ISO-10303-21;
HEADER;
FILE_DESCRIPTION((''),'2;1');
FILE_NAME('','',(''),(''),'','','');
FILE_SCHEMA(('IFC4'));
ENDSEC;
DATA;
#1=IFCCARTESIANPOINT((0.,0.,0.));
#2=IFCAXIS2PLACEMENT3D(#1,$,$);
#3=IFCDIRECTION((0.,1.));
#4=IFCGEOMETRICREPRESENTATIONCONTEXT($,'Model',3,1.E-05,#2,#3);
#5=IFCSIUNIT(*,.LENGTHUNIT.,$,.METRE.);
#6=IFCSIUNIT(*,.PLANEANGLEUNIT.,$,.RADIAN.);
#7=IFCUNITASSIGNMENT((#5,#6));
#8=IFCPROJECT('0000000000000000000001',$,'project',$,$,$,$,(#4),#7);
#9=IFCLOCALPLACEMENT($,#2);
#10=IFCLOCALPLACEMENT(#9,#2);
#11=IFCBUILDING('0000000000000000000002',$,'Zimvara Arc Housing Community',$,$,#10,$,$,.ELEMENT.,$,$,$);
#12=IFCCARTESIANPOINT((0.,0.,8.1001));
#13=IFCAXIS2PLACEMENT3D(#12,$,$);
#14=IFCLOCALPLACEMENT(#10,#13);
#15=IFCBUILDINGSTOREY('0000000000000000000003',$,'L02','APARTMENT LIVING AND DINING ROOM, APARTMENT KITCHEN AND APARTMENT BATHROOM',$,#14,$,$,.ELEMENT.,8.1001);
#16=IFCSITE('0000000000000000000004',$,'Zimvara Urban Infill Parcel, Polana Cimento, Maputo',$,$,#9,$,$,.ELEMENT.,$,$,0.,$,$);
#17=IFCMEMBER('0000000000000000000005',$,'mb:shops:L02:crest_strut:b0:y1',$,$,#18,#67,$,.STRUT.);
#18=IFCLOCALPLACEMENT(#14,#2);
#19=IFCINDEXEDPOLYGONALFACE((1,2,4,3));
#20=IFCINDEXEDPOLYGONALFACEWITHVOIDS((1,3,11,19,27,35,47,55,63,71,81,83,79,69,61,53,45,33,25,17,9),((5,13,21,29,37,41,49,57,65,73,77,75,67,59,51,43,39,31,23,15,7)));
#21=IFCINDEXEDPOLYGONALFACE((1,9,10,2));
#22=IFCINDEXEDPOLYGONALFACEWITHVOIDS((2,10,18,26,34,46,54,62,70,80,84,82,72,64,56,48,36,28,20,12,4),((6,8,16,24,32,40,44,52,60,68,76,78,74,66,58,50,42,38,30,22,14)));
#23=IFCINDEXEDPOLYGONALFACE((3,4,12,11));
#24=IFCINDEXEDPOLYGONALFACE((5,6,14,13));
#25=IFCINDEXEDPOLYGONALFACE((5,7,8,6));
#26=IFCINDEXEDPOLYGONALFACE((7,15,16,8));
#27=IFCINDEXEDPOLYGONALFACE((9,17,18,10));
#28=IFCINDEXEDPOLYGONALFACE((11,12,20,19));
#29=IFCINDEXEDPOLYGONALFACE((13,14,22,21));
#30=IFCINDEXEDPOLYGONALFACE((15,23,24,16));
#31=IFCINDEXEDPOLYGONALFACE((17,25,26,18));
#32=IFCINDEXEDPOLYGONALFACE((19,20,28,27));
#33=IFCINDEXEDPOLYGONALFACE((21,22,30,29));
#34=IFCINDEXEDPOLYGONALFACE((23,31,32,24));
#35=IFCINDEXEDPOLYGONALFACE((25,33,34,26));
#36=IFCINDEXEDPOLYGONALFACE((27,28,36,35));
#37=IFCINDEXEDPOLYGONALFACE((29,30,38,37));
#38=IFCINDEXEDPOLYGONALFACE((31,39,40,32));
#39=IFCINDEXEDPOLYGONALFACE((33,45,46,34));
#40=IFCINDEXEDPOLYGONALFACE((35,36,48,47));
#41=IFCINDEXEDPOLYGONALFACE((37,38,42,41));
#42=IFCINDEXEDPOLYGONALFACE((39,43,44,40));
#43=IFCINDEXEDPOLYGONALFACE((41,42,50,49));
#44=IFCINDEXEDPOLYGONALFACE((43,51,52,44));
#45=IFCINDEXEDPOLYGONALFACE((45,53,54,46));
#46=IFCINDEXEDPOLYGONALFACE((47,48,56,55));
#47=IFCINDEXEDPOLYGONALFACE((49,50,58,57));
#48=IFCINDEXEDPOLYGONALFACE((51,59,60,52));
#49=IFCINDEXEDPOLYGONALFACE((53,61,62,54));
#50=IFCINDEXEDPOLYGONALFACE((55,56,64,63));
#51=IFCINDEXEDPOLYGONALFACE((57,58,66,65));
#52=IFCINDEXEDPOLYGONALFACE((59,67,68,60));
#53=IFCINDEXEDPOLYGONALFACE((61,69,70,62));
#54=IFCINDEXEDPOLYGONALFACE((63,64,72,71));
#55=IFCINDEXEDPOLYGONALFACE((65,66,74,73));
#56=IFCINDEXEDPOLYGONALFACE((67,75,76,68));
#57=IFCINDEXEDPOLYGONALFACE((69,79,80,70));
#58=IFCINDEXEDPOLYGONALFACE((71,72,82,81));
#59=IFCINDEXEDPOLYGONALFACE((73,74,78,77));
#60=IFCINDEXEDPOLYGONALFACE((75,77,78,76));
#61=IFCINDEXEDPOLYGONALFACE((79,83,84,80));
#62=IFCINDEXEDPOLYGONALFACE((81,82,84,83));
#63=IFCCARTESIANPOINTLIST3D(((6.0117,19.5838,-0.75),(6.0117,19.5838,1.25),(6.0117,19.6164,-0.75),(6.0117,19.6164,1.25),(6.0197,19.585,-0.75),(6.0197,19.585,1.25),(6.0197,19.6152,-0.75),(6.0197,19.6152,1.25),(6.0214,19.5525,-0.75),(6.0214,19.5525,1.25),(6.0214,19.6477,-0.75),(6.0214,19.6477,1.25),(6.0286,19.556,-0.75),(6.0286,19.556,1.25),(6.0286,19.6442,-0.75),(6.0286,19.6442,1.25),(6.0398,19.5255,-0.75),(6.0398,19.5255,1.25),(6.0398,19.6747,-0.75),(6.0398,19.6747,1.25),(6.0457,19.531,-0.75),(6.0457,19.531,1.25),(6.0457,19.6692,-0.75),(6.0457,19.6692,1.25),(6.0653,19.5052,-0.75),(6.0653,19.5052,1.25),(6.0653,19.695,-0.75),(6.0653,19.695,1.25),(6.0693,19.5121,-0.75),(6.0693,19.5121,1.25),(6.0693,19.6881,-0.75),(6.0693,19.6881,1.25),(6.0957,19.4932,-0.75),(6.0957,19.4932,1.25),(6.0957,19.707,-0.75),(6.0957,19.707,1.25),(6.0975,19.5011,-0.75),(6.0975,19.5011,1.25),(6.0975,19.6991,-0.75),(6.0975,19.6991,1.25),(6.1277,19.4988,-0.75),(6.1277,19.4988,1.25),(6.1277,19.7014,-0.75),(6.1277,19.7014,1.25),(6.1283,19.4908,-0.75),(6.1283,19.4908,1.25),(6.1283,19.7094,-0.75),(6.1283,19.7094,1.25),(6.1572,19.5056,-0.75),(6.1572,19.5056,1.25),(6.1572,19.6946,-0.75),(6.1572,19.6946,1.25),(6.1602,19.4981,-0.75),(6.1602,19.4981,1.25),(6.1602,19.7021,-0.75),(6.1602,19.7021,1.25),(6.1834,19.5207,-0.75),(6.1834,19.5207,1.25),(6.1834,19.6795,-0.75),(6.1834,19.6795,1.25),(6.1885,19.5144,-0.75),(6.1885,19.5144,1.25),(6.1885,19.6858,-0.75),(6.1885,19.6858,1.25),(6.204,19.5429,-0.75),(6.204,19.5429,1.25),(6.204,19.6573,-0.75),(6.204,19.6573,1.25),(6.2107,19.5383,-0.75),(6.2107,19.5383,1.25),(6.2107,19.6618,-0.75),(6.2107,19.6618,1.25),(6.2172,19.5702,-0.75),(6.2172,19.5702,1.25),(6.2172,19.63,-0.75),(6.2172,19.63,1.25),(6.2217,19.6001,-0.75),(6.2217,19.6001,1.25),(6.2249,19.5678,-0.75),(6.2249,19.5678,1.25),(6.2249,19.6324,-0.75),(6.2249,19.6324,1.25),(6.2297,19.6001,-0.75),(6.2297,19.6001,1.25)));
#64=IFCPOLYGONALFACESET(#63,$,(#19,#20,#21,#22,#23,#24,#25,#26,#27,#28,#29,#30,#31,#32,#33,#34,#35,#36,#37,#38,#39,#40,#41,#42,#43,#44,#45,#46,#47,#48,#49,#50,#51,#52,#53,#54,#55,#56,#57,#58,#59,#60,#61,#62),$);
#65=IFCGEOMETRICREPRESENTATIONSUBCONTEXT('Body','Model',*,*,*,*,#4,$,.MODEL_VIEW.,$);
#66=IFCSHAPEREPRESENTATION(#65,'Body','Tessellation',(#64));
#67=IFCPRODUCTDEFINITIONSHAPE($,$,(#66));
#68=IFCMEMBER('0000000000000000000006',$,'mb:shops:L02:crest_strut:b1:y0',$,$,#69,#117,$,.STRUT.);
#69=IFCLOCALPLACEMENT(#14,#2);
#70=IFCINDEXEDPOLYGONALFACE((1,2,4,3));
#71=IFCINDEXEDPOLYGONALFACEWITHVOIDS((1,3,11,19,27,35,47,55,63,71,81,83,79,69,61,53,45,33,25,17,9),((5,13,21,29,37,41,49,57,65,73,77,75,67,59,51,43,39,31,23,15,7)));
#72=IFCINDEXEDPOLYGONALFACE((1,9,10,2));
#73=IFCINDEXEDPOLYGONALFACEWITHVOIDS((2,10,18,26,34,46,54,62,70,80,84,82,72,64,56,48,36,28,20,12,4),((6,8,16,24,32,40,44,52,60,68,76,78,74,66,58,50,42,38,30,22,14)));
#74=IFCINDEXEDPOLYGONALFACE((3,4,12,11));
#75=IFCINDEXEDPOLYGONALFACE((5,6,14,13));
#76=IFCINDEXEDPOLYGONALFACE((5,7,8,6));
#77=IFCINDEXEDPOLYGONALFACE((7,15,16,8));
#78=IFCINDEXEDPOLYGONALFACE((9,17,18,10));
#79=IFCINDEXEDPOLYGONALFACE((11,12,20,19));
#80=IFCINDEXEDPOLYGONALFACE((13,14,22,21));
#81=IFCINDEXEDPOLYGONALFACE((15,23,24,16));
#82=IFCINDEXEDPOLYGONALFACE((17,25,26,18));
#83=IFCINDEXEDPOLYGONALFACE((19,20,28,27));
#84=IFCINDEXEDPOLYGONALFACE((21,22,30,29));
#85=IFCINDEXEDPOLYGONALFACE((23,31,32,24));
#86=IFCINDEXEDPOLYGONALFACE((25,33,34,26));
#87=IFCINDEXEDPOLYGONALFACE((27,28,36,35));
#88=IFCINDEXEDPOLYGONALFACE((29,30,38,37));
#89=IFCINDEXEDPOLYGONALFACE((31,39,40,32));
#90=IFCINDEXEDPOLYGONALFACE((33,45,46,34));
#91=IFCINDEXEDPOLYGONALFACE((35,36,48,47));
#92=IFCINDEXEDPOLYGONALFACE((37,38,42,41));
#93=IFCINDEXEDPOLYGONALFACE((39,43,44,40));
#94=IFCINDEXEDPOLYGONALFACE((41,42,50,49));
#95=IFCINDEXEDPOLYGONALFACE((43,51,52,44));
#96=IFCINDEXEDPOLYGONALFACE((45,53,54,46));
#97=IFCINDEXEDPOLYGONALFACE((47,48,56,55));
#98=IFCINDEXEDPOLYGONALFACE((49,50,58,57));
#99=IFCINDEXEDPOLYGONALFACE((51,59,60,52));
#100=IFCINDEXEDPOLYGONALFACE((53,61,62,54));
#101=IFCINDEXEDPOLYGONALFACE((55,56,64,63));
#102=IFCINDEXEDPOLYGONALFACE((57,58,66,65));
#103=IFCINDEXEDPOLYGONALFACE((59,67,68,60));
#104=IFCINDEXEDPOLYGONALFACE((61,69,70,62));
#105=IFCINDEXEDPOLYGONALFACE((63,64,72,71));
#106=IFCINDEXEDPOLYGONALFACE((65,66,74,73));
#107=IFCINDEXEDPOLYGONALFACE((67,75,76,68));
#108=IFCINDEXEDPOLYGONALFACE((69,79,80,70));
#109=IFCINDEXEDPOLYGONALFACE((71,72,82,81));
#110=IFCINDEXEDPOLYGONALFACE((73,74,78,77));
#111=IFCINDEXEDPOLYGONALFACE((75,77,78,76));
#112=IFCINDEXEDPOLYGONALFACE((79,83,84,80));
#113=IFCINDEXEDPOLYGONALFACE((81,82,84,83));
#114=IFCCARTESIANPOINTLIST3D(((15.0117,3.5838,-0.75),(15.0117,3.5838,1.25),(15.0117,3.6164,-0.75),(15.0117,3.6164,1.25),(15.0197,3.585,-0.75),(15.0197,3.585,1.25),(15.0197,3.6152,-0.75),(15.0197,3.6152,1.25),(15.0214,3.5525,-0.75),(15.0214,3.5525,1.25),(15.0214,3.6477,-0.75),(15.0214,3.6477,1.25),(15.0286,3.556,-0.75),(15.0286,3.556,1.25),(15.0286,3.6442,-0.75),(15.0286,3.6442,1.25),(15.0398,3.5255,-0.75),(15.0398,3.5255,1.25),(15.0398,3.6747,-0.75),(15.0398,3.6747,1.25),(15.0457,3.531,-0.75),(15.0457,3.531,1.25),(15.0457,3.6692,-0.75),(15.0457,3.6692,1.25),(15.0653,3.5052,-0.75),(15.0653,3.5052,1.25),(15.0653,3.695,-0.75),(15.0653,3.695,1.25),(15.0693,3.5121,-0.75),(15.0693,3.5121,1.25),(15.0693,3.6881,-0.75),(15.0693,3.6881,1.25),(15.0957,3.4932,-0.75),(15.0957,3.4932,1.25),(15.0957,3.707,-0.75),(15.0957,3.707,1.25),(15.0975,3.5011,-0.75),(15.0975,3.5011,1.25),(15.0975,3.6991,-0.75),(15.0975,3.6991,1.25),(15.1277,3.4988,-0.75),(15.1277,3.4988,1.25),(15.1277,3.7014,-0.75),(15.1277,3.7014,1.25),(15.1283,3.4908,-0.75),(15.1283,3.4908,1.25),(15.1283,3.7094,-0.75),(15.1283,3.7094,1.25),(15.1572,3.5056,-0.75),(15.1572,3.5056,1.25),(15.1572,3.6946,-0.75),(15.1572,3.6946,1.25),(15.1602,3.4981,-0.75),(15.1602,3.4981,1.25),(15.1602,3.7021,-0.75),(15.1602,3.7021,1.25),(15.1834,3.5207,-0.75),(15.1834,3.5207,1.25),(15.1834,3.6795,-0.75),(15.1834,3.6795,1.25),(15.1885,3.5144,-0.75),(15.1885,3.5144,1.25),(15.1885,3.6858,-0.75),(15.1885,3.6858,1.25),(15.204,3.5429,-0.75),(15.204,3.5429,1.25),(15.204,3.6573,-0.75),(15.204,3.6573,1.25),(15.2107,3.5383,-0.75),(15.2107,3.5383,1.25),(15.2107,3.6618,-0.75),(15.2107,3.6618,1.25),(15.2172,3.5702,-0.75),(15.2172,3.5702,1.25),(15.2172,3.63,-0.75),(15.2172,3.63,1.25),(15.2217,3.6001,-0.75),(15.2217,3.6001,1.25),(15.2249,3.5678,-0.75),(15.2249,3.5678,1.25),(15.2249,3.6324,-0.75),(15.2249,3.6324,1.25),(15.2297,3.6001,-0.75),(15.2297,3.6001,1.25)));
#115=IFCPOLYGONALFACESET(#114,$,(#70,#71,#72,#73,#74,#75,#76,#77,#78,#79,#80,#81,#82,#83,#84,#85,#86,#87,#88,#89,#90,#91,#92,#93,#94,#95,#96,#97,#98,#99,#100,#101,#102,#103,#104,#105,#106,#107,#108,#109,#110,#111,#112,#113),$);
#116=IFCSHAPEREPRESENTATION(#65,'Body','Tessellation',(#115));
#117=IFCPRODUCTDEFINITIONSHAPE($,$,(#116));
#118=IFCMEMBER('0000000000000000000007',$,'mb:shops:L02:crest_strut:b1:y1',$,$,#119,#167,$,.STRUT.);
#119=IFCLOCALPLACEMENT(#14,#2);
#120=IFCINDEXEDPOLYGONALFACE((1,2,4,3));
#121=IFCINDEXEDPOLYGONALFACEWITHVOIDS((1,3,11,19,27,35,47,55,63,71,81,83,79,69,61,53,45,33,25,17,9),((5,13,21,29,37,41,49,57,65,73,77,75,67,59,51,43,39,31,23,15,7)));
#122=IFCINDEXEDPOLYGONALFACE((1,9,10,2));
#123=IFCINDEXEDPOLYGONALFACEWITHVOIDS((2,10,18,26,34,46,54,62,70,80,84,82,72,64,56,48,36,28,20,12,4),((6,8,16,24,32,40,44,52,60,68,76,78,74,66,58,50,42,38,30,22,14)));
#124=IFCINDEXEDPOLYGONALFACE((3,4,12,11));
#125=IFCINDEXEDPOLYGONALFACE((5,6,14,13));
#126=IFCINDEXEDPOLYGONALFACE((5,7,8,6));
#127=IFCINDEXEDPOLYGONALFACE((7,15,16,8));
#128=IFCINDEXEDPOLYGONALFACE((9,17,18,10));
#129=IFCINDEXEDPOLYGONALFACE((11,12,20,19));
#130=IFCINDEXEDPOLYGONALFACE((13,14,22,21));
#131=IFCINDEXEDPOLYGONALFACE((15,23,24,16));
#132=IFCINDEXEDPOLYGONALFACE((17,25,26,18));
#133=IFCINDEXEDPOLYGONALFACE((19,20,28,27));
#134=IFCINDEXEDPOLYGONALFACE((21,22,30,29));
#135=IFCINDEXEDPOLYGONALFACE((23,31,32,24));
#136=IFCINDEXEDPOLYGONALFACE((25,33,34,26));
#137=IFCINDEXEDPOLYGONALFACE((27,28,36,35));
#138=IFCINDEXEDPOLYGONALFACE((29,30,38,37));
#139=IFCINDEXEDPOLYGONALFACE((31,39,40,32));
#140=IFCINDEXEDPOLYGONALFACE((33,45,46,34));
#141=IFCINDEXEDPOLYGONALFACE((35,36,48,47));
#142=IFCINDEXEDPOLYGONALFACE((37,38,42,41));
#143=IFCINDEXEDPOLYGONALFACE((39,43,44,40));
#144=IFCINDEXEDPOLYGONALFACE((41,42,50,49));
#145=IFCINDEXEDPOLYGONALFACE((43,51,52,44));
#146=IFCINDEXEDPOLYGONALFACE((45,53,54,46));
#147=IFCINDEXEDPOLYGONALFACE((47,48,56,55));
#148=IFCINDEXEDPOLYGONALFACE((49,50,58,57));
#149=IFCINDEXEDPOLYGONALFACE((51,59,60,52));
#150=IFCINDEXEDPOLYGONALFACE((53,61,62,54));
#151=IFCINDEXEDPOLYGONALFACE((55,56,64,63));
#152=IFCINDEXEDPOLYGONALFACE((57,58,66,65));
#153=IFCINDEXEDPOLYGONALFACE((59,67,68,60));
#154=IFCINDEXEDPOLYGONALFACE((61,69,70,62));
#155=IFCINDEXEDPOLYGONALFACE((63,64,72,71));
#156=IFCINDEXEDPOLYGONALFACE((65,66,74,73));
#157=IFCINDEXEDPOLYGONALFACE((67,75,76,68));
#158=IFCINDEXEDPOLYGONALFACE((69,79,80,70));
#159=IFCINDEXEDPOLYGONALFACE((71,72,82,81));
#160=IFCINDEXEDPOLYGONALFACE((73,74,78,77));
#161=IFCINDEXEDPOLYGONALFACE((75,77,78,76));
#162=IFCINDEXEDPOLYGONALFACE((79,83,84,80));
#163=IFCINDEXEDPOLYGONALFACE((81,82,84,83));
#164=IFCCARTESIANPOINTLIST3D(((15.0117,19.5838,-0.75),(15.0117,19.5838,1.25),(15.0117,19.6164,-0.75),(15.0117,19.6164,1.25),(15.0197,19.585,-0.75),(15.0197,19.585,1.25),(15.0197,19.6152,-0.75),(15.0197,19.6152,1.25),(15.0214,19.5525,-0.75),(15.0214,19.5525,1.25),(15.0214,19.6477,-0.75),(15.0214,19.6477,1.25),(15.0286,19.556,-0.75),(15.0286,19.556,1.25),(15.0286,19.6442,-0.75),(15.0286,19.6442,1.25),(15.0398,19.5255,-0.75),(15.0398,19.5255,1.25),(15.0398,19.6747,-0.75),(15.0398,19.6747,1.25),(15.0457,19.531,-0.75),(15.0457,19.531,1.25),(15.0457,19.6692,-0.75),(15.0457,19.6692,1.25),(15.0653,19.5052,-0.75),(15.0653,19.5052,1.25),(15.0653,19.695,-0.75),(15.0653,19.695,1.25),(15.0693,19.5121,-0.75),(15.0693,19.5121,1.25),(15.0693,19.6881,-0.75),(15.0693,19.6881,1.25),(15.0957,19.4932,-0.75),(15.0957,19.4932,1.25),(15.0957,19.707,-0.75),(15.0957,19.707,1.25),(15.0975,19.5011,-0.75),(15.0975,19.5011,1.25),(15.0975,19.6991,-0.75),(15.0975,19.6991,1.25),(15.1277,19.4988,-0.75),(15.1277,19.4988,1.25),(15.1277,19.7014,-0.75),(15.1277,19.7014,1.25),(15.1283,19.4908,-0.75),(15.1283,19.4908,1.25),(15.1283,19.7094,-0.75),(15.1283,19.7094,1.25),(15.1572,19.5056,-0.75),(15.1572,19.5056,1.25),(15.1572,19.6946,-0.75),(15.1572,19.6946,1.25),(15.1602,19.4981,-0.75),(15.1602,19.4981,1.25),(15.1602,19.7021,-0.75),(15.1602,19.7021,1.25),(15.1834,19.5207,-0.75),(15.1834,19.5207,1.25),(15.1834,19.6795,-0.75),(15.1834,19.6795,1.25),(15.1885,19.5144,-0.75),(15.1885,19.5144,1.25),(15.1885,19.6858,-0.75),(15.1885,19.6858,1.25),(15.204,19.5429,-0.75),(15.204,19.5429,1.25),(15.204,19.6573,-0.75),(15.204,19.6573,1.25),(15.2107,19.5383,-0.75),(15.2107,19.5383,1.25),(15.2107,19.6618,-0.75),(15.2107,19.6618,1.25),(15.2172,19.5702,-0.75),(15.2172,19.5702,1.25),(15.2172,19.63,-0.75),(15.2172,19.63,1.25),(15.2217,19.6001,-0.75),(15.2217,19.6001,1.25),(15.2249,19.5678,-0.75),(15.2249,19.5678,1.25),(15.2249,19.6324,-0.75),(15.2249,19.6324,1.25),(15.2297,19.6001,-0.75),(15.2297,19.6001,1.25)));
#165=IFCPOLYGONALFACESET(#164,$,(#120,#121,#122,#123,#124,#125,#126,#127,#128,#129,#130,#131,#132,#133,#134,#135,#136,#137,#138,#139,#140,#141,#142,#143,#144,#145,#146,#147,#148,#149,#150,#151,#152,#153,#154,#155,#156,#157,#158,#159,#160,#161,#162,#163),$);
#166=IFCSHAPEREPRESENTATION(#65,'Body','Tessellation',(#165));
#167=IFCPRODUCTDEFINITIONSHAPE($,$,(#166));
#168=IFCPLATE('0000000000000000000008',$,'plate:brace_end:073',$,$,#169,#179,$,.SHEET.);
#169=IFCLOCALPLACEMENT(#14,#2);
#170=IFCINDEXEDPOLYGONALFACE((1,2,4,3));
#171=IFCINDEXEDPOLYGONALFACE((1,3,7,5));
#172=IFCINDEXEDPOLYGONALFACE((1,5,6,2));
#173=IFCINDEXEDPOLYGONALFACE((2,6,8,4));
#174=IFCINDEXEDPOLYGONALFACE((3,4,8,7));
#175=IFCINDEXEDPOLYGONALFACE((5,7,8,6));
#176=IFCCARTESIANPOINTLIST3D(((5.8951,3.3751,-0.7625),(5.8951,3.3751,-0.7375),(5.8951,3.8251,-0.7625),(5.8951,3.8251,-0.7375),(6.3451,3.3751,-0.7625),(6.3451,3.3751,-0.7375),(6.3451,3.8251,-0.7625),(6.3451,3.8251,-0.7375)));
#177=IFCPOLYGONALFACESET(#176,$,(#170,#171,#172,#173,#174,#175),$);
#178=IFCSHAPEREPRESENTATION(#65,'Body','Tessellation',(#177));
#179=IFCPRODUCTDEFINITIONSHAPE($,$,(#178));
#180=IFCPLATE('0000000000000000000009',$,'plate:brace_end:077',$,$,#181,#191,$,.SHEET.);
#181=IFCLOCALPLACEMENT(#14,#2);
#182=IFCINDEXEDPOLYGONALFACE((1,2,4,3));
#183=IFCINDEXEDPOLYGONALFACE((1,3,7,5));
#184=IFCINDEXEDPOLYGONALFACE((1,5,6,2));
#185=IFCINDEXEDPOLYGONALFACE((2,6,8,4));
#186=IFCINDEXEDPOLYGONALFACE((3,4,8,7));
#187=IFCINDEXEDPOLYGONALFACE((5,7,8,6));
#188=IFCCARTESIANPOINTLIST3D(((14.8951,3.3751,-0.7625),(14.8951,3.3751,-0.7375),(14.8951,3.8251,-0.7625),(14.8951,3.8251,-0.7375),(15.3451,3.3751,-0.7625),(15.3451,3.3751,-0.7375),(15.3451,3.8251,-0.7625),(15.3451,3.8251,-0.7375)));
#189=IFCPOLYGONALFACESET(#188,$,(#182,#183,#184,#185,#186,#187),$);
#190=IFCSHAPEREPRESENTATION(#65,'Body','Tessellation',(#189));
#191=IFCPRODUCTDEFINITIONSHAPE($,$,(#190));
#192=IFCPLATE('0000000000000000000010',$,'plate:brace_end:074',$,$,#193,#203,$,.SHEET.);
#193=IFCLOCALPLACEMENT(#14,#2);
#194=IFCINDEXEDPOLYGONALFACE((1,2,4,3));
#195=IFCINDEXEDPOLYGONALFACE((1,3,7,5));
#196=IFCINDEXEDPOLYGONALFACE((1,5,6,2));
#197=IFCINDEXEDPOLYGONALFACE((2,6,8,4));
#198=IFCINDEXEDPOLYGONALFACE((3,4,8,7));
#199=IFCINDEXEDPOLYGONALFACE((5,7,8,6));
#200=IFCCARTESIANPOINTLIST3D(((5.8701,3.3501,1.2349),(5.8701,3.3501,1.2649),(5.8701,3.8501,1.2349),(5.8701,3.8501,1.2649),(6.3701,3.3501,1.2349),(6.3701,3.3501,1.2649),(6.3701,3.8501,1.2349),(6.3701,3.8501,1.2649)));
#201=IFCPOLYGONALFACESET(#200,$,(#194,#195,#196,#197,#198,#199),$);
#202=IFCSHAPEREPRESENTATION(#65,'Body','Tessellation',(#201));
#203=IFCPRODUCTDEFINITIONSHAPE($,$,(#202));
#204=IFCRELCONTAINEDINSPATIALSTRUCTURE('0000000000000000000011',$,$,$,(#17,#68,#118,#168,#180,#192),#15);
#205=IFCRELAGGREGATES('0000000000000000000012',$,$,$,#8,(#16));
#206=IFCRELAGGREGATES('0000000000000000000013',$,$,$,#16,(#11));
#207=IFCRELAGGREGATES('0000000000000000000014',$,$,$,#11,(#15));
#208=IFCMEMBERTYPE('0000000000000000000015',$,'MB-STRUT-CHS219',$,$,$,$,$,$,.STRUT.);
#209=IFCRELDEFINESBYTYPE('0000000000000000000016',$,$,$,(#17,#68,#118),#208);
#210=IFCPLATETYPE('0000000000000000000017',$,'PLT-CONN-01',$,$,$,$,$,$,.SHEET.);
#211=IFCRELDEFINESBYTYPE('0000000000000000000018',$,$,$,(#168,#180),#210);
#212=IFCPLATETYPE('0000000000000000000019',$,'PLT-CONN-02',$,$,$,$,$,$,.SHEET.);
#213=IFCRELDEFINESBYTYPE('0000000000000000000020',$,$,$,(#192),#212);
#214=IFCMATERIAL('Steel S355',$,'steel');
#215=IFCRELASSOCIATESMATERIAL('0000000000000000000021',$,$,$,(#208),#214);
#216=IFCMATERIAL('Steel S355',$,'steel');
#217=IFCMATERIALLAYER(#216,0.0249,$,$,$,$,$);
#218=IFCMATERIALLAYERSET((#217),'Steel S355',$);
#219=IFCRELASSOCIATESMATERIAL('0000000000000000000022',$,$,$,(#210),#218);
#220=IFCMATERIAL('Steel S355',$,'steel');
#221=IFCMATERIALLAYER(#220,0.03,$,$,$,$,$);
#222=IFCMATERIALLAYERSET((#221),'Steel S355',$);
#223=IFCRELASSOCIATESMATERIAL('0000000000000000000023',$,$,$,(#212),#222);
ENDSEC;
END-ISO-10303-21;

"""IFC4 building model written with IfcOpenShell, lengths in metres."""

from ifc_helpers import new_model, si_unit, direction, frame, origin, origin_2d, place, context, subcontext, project, spatial, rectangle, hollow_circle, extrude, material, layer, layer_set, material_profile, profile_set, type_object, element, save


model = new_model("IFC4")

# Units and contexts
model_context = context("Model", 3, precision=1e-05, world=origin(), true_north=direction((0.0, 1.0)))
body_context = subcontext(model_context, "Body", "Model", "MODEL_VIEW")
ifc_project = project(units=[si_unit("LENGTHUNIT", "METRE"), si_unit("PLANEANGLEUNIT", "RADIAN")], contexts=[model_context])

# Site, building, storey
site_placement = place(None, origin())
site = spatial("IfcSite", under=ifc_project, at=site_placement, Name="Zimvara Urban Infill Parcel, Polana Cimento, Maputo", CompositionType="ELEMENT", RefElevation=0.0)
building_placement = place(site_placement, origin())
building = spatial("IfcBuilding", under=site, at=building_placement, Name="Zimvara Arc Housing Community", CompositionType="ELEMENT")
storey_placement = place(building_placement, frame((0.0, 0.0, 8.1001)))
storey = spatial("IfcBuildingStorey", under=building, at=storey_placement, Name="L02", Description="APARTMENT LIVING AND DINING ROOM, APARTMENT KITCHEN AND APARTMENT BATHROOM", CompositionType="ELEMENT", Elevation=8.1001)

# Members
ifc_material_1 = material(Name="Steel S355", Category="steel")
ifc_material_profile_1 = material_profile(ifc_material_1, hollow_circle(Radius=0.1096, WallThickness=0.0081, at=origin_2d()), Name="CHS 219.1x8.0")
ifc_profile_set_1 = profile_set([ifc_material_profile_1], Name="Steel S355")
member_type_1 = type_object("IfcMemberType", Name="MB-STRUT-CHS219", PredefinedType="STRUT", material=ifc_profile_set_1)
for number, where, z_axis, x_axis, name in (
    (1, (6.1201, 19.6001, -0.75), (0.0, 0.0, 1.0), (1.0, 0.0, 0.0), "mb:shops:L02:crest_strut:b0:y1"),
    (2, (15.1201, 3.6001, -0.75), (0.0, 0.0, 1.0), (1.0, 0.0, 0.0), "mb:shops:L02:crest_strut:b1:y0"),
    (3, (15.1201, 19.6001, -0.75), (0.0, 0.0, 1.0), (1.0, 0.0, 0.0), "mb:shops:L02:crest_strut:b1:y1"),
):
    element("IfcMember", number, at=place(storey_placement, frame(where, z_axis=z_axis, x_axis=x_axis)), inside=storey, type_object=member_type_1, Name=name, PredefinedType="STRUT", context=body_context, shape_type="SweptSolid", body=[
        extrude(hollow_circle(Radius=0.1096, WallThickness=0.0081, at=origin_2d()), origin(), (0.0, 0.0, 1.0), 2.0),
    ])

# Plates
ifc_material_2 = material(Name="Steel S355", Category="steel")
ifc_layer_1 = layer(ifc_material_2, 0.0249)
ifc_layer_set_1 = layer_set([ifc_layer_1], Name="Steel S355")
plate_type_1 = type_object("IfcPlateType", Name="PLT-CONN-01", PredefinedType="SHEET", material=ifc_layer_set_1)
for number, where, z_axis, x_axis, name in (
    (4, (6.1201, 3.6001, -0.7625), (0.0, 0.0, 1.0), (1.0, 0.0, 0.0), "plate:brace_end:073"),
    (5, (15.1201, 3.6001, -0.7625), (0.0, 0.0, 1.0), (1.0, 0.0, 0.0), "plate:brace_end:077"),
):
    element("IfcPlate", number, at=place(storey_placement, frame(where, z_axis=z_axis, x_axis=x_axis)), inside=storey, type_object=plate_type_1, Name=name, PredefinedType="SHEET", context=body_context, shape_type="SweptSolid", body=[
        extrude(rectangle(XDim=0.45, YDim=0.45, at=origin_2d()), origin(), (0.0, 0.0, 1.0), 0.0249),
    ])
ifc_material_3 = material(Name="Steel S355", Category="steel")
ifc_layer_2 = layer(ifc_material_3, 0.03)
ifc_layer_set_2 = layer_set([ifc_layer_2], Name="Steel S355")
plate_type_2 = type_object("IfcPlateType", Name="PLT-CONN-02", PredefinedType="SHEET", material=ifc_layer_set_2)
for number, where, z_axis, x_axis, name in (
    (6, (6.1201, 3.6001, 1.2349), (0.0, 0.0, 1.0), (1.0, 0.0, 0.0), "plate:brace_end:074"),
):
    element("IfcPlate", number, at=place(storey_placement, frame(where, z_axis=z_axis, x_axis=x_axis)), inside=storey, type_object=plate_type_2, Name=name, PredefinedType="SHEET", context=body_context, shape_type="SweptSolid", body=[
        extrude(rectangle(XDim=0.5, YDim=0.5, at=origin_2d()), origin(), (0.0, 0.0, 1.0), 0.03),
    ])

save(model, "model.ifc")
